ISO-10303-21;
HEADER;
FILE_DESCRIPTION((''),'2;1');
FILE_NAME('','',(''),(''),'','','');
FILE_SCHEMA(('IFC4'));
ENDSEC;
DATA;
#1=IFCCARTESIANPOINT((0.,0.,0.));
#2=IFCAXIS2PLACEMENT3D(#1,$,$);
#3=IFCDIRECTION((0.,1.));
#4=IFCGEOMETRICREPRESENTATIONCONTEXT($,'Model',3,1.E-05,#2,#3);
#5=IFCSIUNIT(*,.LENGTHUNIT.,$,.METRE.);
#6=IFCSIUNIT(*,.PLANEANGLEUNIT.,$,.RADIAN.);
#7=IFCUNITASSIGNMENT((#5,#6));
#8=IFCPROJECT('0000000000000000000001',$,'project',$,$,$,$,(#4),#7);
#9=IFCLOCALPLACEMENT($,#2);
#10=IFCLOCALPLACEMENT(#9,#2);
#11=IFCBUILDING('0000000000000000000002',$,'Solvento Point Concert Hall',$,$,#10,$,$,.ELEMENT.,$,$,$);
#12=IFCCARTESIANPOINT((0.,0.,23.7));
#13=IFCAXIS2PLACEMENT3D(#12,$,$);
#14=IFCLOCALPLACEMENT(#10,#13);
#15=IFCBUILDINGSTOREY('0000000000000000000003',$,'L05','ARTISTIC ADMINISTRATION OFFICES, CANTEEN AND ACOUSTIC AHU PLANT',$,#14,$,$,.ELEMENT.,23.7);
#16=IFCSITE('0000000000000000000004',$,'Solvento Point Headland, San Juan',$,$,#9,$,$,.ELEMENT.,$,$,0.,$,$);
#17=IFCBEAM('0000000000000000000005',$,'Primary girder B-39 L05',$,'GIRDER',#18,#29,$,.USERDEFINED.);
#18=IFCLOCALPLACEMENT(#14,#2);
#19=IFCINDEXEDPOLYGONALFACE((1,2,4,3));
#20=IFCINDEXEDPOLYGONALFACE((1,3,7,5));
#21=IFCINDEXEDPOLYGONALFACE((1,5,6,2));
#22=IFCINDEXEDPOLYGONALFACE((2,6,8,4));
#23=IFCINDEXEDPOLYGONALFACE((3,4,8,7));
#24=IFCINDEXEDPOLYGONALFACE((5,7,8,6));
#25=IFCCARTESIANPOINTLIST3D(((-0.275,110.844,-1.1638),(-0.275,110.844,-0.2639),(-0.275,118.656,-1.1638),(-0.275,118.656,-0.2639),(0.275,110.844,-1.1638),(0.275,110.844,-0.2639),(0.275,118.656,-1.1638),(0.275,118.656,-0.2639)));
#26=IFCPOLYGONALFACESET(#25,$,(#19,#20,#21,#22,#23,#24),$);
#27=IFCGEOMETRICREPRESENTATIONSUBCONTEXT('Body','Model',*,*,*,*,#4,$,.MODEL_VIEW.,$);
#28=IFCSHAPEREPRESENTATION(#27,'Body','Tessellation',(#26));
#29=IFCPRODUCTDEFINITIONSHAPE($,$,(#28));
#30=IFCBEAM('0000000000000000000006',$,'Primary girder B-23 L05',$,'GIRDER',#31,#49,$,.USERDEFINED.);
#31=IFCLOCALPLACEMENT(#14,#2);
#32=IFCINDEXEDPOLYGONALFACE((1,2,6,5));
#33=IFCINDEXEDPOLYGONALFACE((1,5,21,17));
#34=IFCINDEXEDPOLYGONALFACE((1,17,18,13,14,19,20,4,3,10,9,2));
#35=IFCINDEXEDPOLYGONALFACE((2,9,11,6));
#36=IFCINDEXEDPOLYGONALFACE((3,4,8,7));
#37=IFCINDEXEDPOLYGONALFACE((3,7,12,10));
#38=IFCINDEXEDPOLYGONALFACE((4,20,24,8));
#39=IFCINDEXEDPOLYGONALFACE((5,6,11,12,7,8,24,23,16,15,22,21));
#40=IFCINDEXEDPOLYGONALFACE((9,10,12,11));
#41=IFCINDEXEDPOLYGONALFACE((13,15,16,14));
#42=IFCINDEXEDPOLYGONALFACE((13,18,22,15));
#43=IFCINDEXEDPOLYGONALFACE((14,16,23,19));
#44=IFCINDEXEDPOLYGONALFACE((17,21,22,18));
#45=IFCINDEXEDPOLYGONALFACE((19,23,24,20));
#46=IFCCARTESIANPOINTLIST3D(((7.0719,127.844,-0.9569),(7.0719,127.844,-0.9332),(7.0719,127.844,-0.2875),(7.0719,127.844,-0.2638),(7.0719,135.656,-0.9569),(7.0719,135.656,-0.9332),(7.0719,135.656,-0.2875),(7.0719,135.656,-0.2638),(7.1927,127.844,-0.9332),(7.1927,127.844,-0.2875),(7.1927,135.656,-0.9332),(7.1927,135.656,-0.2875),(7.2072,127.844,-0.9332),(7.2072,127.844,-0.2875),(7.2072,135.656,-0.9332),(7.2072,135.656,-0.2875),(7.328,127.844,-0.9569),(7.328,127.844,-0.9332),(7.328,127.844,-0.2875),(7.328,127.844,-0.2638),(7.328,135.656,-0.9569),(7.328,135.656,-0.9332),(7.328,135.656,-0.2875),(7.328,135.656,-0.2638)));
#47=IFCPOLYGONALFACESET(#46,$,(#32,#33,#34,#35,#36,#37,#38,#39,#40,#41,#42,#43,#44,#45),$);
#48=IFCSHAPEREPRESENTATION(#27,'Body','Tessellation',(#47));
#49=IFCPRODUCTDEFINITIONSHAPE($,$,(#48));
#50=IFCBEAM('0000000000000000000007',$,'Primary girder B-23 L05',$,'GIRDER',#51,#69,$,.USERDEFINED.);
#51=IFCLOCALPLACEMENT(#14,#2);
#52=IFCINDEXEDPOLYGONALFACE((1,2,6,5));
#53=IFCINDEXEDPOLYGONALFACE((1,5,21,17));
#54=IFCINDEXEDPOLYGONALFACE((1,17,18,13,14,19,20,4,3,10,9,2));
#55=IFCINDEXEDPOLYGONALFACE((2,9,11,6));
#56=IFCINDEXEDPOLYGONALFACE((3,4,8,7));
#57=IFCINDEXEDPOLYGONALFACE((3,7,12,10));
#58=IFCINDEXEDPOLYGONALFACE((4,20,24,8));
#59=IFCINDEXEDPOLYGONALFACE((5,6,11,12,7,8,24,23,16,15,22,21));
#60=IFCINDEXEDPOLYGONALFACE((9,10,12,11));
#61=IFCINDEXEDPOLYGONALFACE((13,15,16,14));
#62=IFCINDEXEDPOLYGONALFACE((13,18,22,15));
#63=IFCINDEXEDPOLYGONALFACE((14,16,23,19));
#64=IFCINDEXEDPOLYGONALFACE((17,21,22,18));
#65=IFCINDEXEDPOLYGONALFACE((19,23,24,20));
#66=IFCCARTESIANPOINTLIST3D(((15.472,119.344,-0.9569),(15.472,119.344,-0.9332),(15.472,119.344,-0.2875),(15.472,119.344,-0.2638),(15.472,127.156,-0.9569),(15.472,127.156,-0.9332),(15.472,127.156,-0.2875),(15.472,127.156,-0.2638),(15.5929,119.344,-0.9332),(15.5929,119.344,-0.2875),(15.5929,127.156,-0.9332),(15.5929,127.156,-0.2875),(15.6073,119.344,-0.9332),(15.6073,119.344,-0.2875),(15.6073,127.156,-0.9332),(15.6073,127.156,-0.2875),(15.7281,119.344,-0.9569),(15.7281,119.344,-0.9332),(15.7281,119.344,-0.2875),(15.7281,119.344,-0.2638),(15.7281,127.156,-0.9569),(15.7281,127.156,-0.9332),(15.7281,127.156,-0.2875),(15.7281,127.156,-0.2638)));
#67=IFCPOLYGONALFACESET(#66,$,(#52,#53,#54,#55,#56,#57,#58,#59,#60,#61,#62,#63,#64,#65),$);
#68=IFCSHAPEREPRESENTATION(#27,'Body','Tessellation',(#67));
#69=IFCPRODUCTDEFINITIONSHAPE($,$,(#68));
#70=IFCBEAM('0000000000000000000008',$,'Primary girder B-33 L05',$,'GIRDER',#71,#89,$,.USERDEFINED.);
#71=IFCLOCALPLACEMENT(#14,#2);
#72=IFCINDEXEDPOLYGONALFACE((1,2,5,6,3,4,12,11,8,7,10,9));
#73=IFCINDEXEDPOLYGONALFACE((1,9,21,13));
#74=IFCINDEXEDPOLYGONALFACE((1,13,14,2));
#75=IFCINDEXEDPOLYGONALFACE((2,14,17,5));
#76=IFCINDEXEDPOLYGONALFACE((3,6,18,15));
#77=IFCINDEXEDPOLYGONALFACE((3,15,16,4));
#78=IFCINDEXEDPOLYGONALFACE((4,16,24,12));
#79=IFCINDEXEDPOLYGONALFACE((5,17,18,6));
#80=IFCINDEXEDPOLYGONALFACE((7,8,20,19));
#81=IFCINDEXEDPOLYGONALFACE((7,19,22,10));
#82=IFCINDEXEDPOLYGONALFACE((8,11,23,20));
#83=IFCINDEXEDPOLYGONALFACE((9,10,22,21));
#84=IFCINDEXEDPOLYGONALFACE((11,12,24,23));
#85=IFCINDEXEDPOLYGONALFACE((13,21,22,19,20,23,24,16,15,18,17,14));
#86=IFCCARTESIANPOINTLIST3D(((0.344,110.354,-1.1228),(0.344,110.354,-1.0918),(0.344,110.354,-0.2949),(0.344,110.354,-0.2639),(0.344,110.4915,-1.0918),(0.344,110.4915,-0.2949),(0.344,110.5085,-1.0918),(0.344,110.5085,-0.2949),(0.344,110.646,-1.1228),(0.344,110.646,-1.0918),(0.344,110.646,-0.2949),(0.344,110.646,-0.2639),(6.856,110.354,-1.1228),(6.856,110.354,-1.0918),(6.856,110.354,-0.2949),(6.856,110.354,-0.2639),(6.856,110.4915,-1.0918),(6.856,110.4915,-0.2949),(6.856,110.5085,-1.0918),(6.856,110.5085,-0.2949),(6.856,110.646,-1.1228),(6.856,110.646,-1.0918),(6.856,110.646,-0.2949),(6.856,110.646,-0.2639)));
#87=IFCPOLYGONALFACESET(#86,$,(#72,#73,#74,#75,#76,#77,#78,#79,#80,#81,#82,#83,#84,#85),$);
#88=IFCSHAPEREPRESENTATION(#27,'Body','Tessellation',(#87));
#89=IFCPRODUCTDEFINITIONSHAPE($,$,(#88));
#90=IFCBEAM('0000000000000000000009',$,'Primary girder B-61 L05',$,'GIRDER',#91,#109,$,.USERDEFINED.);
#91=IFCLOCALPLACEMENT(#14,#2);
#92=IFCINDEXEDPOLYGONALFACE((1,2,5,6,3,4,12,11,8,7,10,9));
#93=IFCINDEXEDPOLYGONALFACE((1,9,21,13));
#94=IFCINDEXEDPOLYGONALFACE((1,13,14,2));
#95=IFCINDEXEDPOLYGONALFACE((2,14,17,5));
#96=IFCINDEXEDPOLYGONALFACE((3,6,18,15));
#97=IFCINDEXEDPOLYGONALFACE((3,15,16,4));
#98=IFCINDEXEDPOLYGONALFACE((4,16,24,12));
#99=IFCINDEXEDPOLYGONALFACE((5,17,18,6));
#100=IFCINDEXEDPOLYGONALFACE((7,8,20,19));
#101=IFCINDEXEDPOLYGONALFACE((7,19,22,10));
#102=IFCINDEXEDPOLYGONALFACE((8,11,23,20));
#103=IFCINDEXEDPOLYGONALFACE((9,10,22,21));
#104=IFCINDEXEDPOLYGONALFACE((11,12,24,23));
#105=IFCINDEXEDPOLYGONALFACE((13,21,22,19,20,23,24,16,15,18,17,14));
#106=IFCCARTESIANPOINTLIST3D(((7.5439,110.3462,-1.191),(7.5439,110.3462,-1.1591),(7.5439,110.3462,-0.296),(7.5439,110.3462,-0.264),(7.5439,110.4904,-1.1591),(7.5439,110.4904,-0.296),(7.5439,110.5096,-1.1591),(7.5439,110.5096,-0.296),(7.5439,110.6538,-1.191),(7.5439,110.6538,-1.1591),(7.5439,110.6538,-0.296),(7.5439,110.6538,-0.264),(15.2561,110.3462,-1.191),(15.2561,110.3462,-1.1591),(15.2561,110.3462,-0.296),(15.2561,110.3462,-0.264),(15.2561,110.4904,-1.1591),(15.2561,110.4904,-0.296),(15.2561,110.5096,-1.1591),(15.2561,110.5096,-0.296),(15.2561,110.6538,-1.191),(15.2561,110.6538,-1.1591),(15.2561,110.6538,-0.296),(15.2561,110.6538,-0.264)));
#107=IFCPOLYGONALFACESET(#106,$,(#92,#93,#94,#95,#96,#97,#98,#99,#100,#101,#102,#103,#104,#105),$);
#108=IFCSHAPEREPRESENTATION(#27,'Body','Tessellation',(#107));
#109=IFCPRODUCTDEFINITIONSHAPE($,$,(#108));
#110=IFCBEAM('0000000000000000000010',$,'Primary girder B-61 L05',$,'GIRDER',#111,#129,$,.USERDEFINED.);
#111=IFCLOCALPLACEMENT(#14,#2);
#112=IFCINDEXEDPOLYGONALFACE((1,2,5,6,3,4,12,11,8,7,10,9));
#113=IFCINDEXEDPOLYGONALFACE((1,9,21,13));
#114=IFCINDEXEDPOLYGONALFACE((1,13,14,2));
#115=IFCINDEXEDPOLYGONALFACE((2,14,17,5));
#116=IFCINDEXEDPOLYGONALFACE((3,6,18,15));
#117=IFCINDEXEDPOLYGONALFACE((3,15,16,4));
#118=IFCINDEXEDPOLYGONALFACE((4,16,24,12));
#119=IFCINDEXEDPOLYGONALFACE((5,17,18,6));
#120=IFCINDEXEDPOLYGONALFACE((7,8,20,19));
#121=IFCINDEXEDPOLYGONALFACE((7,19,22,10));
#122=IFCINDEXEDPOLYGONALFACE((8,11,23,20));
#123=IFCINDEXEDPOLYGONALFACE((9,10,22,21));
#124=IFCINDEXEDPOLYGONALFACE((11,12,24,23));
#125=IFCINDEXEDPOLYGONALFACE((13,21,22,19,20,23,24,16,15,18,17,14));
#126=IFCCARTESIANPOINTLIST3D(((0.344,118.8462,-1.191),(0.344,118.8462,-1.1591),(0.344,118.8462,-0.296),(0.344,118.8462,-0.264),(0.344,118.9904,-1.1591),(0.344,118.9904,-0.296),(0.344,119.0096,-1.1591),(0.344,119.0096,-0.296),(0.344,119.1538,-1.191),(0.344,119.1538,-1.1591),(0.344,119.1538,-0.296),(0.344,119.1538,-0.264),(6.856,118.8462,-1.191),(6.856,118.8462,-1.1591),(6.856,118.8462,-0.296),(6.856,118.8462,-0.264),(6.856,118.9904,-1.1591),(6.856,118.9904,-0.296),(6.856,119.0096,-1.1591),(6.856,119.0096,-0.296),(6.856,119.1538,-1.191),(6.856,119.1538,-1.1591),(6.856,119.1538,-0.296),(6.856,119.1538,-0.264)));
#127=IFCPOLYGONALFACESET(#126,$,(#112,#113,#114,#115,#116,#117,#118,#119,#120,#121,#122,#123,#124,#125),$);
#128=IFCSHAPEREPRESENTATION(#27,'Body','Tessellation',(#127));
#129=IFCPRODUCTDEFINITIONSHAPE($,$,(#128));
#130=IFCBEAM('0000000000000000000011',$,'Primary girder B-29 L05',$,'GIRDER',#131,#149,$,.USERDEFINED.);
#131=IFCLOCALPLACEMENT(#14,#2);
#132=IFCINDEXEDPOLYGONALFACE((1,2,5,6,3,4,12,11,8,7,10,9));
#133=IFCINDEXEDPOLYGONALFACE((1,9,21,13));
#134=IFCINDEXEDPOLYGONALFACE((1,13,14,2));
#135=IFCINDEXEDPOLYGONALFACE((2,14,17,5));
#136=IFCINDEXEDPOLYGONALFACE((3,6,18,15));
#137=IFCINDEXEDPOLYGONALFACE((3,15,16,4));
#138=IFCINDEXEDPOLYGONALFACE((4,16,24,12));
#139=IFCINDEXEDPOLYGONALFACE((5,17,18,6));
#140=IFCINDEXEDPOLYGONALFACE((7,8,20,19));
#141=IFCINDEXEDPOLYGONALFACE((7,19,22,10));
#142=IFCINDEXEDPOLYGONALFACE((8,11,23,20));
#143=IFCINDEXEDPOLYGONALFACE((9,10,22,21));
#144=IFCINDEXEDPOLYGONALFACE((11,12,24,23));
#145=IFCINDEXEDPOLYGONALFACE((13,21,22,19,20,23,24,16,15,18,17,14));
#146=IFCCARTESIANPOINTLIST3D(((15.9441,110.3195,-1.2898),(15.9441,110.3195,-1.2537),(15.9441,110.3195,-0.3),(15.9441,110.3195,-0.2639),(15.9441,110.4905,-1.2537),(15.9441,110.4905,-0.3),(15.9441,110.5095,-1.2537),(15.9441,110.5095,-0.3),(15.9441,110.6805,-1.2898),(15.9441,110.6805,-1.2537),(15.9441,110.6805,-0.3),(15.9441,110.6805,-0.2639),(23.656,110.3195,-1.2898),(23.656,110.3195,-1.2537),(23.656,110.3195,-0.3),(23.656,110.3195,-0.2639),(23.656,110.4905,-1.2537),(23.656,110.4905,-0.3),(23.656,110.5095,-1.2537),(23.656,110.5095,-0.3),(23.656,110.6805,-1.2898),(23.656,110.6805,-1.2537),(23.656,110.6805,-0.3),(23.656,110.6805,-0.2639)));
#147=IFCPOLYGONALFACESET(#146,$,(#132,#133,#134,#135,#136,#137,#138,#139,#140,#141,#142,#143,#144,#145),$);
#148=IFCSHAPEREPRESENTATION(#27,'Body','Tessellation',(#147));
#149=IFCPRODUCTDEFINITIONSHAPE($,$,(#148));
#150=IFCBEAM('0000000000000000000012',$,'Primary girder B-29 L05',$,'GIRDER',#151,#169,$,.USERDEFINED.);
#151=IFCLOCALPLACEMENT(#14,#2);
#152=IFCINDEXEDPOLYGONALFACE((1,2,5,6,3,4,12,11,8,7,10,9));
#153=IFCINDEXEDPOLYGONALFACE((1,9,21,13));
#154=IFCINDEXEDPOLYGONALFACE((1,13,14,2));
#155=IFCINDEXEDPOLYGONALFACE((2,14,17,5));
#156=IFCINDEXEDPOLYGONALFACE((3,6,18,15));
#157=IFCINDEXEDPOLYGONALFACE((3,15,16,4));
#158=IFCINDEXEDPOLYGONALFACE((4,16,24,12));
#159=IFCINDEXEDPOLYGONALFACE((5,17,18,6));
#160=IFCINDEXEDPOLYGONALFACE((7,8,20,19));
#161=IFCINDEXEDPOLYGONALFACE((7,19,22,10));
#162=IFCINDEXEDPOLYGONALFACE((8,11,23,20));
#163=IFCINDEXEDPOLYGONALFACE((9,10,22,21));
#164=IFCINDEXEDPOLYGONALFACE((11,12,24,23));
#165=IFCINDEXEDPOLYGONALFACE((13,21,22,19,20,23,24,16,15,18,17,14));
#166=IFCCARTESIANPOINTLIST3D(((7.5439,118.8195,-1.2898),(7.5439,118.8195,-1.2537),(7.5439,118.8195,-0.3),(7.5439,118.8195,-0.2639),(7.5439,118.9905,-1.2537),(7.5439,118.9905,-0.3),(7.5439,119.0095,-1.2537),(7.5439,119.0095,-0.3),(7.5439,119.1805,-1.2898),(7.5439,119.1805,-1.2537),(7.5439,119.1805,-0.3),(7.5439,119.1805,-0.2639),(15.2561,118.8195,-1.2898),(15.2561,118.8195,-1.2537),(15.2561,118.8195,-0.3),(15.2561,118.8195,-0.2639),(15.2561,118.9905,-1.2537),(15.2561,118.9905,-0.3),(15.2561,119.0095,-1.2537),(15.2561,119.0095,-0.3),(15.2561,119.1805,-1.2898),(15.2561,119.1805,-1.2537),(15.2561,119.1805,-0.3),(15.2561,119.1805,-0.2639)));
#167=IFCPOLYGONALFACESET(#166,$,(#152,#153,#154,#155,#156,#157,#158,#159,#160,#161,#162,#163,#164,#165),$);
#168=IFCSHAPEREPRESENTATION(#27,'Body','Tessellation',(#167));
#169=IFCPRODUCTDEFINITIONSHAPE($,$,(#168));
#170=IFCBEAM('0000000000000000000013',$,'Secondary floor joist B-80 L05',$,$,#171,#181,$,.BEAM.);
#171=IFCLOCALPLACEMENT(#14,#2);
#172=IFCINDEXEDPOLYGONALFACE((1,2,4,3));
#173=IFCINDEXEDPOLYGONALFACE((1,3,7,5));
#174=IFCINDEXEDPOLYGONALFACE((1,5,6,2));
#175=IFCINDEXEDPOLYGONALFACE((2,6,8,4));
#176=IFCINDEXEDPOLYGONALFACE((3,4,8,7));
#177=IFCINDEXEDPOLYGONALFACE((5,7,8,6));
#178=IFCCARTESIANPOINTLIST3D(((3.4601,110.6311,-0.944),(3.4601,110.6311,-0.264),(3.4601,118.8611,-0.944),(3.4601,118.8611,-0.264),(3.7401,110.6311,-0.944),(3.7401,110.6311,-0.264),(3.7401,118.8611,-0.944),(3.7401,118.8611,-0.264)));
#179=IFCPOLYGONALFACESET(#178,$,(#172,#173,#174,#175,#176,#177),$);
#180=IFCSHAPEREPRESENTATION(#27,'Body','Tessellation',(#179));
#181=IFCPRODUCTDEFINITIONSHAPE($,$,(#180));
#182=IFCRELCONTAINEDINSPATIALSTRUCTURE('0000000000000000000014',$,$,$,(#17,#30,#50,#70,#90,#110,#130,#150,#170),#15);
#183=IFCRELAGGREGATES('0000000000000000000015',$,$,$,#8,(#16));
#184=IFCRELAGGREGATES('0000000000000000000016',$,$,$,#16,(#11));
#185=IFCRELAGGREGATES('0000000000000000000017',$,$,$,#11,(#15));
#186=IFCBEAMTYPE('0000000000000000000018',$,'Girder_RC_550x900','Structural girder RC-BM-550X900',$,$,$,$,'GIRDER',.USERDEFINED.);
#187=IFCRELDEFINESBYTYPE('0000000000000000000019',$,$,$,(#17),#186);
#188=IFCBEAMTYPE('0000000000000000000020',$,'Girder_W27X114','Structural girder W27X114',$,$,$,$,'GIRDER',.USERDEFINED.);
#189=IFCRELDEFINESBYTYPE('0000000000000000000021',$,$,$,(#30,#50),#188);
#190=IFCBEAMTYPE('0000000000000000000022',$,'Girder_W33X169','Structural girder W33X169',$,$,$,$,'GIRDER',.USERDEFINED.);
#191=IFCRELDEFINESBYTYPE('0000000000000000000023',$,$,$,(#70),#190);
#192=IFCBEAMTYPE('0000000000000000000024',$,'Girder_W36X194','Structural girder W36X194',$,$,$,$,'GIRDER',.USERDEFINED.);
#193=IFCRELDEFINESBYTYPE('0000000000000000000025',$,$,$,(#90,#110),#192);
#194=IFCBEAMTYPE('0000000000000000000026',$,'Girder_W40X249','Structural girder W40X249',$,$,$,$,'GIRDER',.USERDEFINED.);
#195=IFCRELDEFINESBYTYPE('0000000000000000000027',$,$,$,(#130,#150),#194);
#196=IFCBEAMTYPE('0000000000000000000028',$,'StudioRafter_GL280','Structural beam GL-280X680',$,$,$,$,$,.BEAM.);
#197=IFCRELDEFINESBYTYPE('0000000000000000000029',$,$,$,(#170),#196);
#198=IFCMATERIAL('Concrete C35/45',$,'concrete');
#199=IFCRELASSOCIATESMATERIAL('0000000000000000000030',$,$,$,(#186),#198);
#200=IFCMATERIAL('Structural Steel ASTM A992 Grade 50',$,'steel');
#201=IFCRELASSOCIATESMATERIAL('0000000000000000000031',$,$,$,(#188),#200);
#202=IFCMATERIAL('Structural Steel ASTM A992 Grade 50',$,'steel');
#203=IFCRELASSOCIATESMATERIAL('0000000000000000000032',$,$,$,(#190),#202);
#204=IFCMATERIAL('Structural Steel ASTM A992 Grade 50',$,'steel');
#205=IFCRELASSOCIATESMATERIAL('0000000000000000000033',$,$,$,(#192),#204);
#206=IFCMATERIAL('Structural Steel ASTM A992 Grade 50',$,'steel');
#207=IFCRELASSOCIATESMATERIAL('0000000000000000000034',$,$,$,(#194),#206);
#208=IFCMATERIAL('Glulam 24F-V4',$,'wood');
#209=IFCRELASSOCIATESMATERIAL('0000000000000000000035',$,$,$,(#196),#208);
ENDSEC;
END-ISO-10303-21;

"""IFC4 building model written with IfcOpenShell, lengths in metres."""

from ifc_helpers import new_model, si_unit, direction, frame, origin, origin_2d, place, context, subcontext, project, spatial, rectangle, i_section, extrude, material, material_profile, profile_set, type_object, element, save


model = new_model("IFC4")

# Units and contexts
model_context = context("Model", 3, precision=1e-05, world=origin(), true_north=direction((0.0, 1.0)))
body_context = subcontext(model_context, "Body", "Model", "MODEL_VIEW")
ifc_project = project(units=[si_unit("LENGTHUNIT", "METRE"), si_unit("PLANEANGLEUNIT", "RADIAN")], contexts=[model_context])

# Site, building, storey
site_placement = place(None, origin())
site = spatial("IfcSite", under=ifc_project, at=site_placement, Name="Solvento Point Headland, San Juan", CompositionType="ELEMENT", RefElevation=0.0)
building_placement = place(site_placement, origin())
building = spatial("IfcBuilding", under=site, at=building_placement, Name="Solvento Point Concert Hall", CompositionType="ELEMENT")
storey_placement = place(building_placement, frame((0.0, 0.0, 23.7)))
storey = spatial("IfcBuildingStorey", under=building, at=storey_placement, Name="L05", Description="ARTISTIC ADMINISTRATION OFFICES, CANTEEN AND ACOUSTIC AHU PLANT", CompositionType="ELEMENT", Elevation=23.7)

# Beams
ifc_material_1 = material(Name="Concrete C35/45", Category="concrete")
ifc_material_profile_1 = material_profile(ifc_material_1, rectangle(XDim=0.55, YDim=0.8999, at=origin_2d()), Name="RC-BM-550X900")
ifc_profile_set_1 = profile_set([ifc_material_profile_1], Name="Concrete C35/45")
beam_type_1 = type_object("IfcBeamType", Name="Girder_RC_550x900", Description="Structural girder RC-BM-550X900", ElementType="GIRDER", PredefinedType="USERDEFINED", material=ifc_profile_set_1)
beam_1_placement = place(storey_placement, frame((0.0, 110.844, -0.7139), z_axis=(0.0, 1.0, 0.0), x_axis=(-1.0, 0.0, 0.0)))
element("IfcBeam", 1, at=beam_1_placement, inside=storey, type_object=beam_type_1, Name="Primary girder B-39 L05", ObjectType="GIRDER", PredefinedType="USERDEFINED", context=body_context, shape_type="SweptSolid", body=[
    extrude(rectangle(XDim=0.55, YDim=0.8999, at=origin_2d()), origin(), (0.0, 0.0, 1.0), 7.812),
])
ifc_material_2 = material(Name="Structural Steel ASTM A992 Grade 50", Category="steel")
ifc_material_profile_2 = material_profile(ifc_material_2, i_section(OverallWidth=0.2561, OverallDepth=0.6931, WebThickness=0.0144, FlangeThickness=0.0237, at=origin_2d()), Name="W27X114")
ifc_profile_set_2 = profile_set([ifc_material_profile_2], Name="Structural Steel ASTM A992 Grade 50")
beam_type_2 = type_object("IfcBeamType", Name="Girder_W27X114", Description="Structural girder W27X114", ElementType="GIRDER", PredefinedType="USERDEFINED", material=ifc_profile_set_2)
for number, where, z_axis, x_axis, name in (
    (2, (7.2, 127.844, -0.6104), (0.0, 1.0, 0.0), (-1.0, 0.0, 0.0), "Primary girder B-23 L05"),
    (3, (15.6001, 119.344, -0.6104), (0.0, 1.0, 0.0), (-1.0, 0.0, 0.0), "Primary girder B-23 L05"),
):
    element("IfcBeam", number, at=place(storey_placement, frame(where, z_axis=z_axis, x_axis=x_axis)), inside=storey, type_object=beam_type_2, Name=name, ObjectType="GIRDER", PredefinedType="USERDEFINED", context=body_context, shape_type="SweptSolid", body=[
        extrude(i_section(OverallWidth=0.2561, OverallDepth=0.6931, WebThickness=0.0144, FlangeThickness=0.0237, at=origin_2d()), origin(), (0.0, 0.0, 1.0), 7.812),
    ])
ifc_material_3 = material(Name="Structural Steel ASTM A992 Grade 50", Category="steel")
ifc_material_profile_3 = material_profile(ifc_material_3, i_section(OverallWidth=0.292, OverallDepth=0.8589, WebThickness=0.0171, FlangeThickness=0.031, at=origin_2d()), Name="W33X169")
ifc_profile_set_3 = profile_set([ifc_material_profile_3], Name="Structural Steel ASTM A992 Grade 50")
beam_type_3 = type_object("IfcBeamType", Name="Girder_W33X169", Description="Structural girder W33X169", ElementType="GIRDER", PredefinedType="USERDEFINED", material=ifc_profile_set_3)
beam_2_placement = place(storey_placement, frame((0.344, 110.5, -0.6934), z_axis=(1.0, 0.0, 0.0), x_axis=(0.0, 1.0, 0.0)))
element("IfcBeam", 4, at=beam_2_placement, inside=storey, type_object=beam_type_3, Name="Primary girder B-33 L05", ObjectType="GIRDER", PredefinedType="USERDEFINED", context=body_context, shape_type="SweptSolid", body=[
    extrude(i_section(OverallWidth=0.292, OverallDepth=0.8589, WebThickness=0.0171, FlangeThickness=0.031, at=origin_2d()), origin(), (0.0, 0.0, 1.0), 6.512),
])
ifc_material_4 = material(Name="Structural Steel ASTM A992 Grade 50", Category="steel")
ifc_material_profile_4 = material_profile(ifc_material_4, i_section(OverallWidth=0.3076, OverallDepth=0.927, WebThickness=0.0193, FlangeThickness=0.032, at=origin_2d()), Name="W36X194")
ifc_profile_set_4 = profile_set([ifc_material_profile_4], Name="Structural Steel ASTM A992 Grade 50")
beam_type_4 = type_object("IfcBeamType", Name="Girder_W36X194", Description="Structural girder W36X194", ElementType="GIRDER", PredefinedType="USERDEFINED", material=ifc_profile_set_4)
beam_3_placement = place(storey_placement, frame((7.5439, 110.5, -0.7275), z_axis=(1.0, 0.0, 0.0), x_axis=(0.0, 1.0, 0.0)))
element("IfcBeam", 5, at=beam_3_placement, inside=storey, type_object=beam_type_4, Name="Primary girder B-61 L05", ObjectType="GIRDER", PredefinedType="USERDEFINED", context=body_context, shape_type="SweptSolid", body=[
    extrude(i_section(OverallWidth=0.3076, OverallDepth=0.927, WebThickness=0.0193, FlangeThickness=0.032, at=origin_2d()), origin(), (0.0, 0.0, 1.0), 7.7122),
])
beam_4_placement = place(storey_placement, frame((0.344, 119.0, -0.7275), z_axis=(1.0, 0.0, 0.0), x_axis=(0.0, 1.0, 0.0)))
element("IfcBeam", 6, at=beam_4_placement, inside=storey, type_object=beam_type_4, Name="Primary girder B-61 L05", ObjectType="GIRDER", PredefinedType="USERDEFINED", context=body_context, shape_type="SweptSolid", body=[
    extrude(i_section(OverallWidth=0.3076, OverallDepth=0.927, WebThickness=0.0193, FlangeThickness=0.032, at=origin_2d()), origin(), (0.0, 0.0, 1.0), 6.512),
])
ifc_material_5 = material(Name="Structural Steel ASTM A992 Grade 50", Category="steel")
ifc_material_profile_5 = material_profile(ifc_material_5, i_section(OverallWidth=0.3611, OverallDepth=1.0259, WebThickness=0.019, FlangeThickness=0.0361, at=origin_2d()), Name="W40X249")
ifc_profile_set_5 = profile_set([ifc_material_profile_5], Name="Structural Steel ASTM A992 Grade 50")
beam_type_5 = type_object("IfcBeamType", Name="Girder_W40X249", Description="Structural girder W40X249", ElementType="GIRDER", PredefinedType="USERDEFINED", material=ifc_profile_set_5)
beam_5_placement = place(storey_placement, frame((15.9441, 110.5, -0.7769), z_axis=(1.0, 0.0, 0.0), x_axis=(0.0, 1.0, 0.0)))
element("IfcBeam", 7, at=beam_5_placement, inside=storey, type_object=beam_type_5, Name="Primary girder B-29 L05", ObjectType="GIRDER", PredefinedType="USERDEFINED", context=body_context, shape_type="SweptSolid", body=[
    extrude(i_section(OverallWidth=0.3611, OverallDepth=1.0259, WebThickness=0.019, FlangeThickness=0.0361, at=origin_2d()), origin(), (0.0, 0.0, 1.0), 7.7119),
])
beam_6_placement = place(storey_placement, frame((7.5439, 119.0, -0.7769), z_axis=(1.0, 0.0, 0.0), x_axis=(0.0, 1.0, 0.0)))
element("IfcBeam", 8, at=beam_6_placement, inside=storey, type_object=beam_type_5, Name="Primary girder B-29 L05", ObjectType="GIRDER", PredefinedType="USERDEFINED", context=body_context, shape_type="SweptSolid", body=[
    extrude(i_section(OverallWidth=0.3611, OverallDepth=1.0259, WebThickness=0.019, FlangeThickness=0.0361, at=origin_2d()), origin(), (0.0, 0.0, 1.0), 7.7122),
])
ifc_material_6 = material(Name="Glulam 24F-V4", Category="wood")
ifc_material_profile_6 = material_profile(ifc_material_6, rectangle(XDim=0.28, YDim=0.6799, at=origin_2d()), Name="GL-280X680")
ifc_profile_set_6 = profile_set([ifc_material_profile_6], Name="Glulam 24F-V4")
beam_type_6 = type_object("IfcBeamType", Name="StudioRafter_GL280", Description="Structural beam GL-280X680", PredefinedType="BEAM", material=ifc_profile_set_6)
beam_7_placement = place(storey_placement, frame((3.6001, 110.6311, -0.604), z_axis=(0.0, 1.0, 0.0), x_axis=(-1.0, 0.0, 0.0)))
element("IfcBeam", 9, at=beam_7_placement, inside=storey, type_object=beam_type_6, Name="Secondary floor joist B-80 L05", PredefinedType="BEAM", context=body_context, shape_type="SweptSolid", body=[
    extrude(rectangle(XDim=0.28, YDim=0.6799, at=origin_2d()), origin(), (0.0, 0.0, 1.0), 8.23),
])

save(model, "model.ifc")
